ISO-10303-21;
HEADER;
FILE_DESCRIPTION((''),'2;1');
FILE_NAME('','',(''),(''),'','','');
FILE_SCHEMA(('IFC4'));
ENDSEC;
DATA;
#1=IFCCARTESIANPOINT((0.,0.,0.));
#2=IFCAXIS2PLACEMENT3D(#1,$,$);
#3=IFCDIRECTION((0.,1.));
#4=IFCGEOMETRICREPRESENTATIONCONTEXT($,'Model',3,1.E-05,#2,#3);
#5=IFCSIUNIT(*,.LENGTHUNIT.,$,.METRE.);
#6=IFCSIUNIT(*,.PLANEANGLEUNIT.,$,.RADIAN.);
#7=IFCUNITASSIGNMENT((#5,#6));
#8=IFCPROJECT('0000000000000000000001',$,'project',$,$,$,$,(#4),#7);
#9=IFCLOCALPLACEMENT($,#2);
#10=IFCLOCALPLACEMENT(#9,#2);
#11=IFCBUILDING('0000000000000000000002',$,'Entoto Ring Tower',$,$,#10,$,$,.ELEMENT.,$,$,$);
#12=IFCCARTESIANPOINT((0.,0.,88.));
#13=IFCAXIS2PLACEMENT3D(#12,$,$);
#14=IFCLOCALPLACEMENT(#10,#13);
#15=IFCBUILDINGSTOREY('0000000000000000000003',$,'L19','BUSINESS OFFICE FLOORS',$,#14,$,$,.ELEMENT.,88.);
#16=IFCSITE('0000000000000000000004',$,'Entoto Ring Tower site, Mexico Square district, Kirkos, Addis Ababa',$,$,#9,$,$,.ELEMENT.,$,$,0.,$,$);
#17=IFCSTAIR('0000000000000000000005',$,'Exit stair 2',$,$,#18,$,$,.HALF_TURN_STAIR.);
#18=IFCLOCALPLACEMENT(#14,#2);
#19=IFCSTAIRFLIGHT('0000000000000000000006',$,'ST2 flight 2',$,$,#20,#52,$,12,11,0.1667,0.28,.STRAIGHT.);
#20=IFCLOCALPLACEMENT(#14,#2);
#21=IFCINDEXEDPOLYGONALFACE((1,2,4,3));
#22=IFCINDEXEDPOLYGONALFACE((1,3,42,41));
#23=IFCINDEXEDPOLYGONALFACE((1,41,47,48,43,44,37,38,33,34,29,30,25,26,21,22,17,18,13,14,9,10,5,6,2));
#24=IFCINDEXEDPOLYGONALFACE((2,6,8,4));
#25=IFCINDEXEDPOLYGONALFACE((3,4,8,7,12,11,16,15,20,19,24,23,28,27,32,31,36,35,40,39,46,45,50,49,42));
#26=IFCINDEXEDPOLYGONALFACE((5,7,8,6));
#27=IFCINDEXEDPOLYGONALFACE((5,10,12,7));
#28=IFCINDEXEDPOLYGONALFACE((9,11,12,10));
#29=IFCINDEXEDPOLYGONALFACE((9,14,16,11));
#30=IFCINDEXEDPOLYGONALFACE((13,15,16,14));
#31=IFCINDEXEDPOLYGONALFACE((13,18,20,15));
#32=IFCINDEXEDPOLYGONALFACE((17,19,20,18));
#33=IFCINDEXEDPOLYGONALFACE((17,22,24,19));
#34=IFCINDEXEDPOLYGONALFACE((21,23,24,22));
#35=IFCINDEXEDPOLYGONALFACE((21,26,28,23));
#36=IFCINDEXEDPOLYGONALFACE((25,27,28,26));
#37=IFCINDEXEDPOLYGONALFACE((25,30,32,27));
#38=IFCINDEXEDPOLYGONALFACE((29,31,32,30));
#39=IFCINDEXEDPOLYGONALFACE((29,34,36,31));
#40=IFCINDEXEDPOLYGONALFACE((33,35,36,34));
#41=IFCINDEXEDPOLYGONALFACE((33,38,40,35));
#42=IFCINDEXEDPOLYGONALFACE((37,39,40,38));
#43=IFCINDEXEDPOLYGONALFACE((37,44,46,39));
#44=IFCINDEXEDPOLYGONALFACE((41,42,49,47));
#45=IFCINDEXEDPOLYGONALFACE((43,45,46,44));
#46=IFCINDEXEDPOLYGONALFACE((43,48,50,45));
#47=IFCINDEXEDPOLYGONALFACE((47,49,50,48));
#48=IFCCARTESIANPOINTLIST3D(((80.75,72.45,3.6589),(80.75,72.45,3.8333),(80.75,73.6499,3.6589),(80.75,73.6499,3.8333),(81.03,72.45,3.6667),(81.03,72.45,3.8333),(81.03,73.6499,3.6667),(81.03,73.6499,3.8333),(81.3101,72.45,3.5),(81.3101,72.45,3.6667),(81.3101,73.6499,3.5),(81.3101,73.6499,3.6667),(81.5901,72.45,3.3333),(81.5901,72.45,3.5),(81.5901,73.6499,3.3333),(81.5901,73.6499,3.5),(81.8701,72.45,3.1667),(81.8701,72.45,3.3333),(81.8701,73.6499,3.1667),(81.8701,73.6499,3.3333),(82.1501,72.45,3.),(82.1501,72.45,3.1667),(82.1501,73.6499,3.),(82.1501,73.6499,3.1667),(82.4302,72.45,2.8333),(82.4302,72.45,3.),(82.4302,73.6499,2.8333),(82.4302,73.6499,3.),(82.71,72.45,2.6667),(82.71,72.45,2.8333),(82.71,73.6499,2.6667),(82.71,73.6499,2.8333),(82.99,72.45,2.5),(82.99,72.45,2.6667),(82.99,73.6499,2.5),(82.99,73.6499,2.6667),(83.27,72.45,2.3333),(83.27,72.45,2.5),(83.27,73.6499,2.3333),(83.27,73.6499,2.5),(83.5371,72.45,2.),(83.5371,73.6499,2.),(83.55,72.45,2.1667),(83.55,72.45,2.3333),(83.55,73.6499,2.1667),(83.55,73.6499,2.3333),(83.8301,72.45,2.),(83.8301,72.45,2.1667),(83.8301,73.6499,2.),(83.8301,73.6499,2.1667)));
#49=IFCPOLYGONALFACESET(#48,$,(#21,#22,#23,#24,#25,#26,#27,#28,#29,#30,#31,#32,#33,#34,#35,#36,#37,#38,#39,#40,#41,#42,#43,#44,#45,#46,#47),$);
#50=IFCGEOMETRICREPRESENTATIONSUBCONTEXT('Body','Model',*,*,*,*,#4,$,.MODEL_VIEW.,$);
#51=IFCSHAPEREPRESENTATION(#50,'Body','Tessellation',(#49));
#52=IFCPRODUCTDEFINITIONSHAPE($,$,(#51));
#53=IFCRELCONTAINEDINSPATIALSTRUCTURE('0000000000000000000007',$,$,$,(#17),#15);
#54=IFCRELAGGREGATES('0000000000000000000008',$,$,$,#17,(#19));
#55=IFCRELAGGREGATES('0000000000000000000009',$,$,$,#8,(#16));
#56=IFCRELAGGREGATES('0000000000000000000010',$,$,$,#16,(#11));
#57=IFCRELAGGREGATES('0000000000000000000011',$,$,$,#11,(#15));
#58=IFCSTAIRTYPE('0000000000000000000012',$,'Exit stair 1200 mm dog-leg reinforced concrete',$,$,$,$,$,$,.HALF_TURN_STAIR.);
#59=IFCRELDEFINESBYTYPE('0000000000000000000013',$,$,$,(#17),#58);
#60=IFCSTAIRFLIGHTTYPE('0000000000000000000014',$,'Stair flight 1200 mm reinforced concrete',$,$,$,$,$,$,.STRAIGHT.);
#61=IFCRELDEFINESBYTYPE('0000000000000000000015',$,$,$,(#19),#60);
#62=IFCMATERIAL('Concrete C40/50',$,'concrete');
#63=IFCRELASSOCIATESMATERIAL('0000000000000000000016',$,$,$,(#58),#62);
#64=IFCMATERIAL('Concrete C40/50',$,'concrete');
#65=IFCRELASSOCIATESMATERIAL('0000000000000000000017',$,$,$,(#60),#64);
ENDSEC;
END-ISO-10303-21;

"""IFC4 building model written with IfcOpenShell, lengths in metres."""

from ifc_helpers import new_model, si_unit, direction, frame, origin, place, context, subcontext, project, spatial, polyline, outline, extrude, material, type_object, element, aggregate, save


model = new_model("IFC4")

# Units and contexts
model_context = context("Model", 3, precision=1e-05, world=origin(), true_north=direction((0.0, 1.0)))
body_context = subcontext(model_context, "Body", "Model", "MODEL_VIEW")
ifc_project = project(units=[si_unit("LENGTHUNIT", "METRE"), si_unit("PLANEANGLEUNIT", "RADIAN")], contexts=[model_context])

# Site, building, storey
site_placement = place(None, origin())
site = spatial("IfcSite", under=ifc_project, at=site_placement, Name="Entoto Ring Tower site, Mexico Square district, Kirkos, Addis Ababa", CompositionType="ELEMENT", RefElevation=0.0)
building_placement = place(site_placement, origin())
building = spatial("IfcBuilding", under=site, at=building_placement, Name="Entoto Ring Tower", CompositionType="ELEMENT")
storey_placement = place(building_placement, frame((0.0, 0.0, 88.0)))
storey = spatial("IfcBuildingStorey", under=building, at=storey_placement, Name="L19", Description="BUSINESS OFFICE FLOORS", CompositionType="ELEMENT", Elevation=88.0)

# Stair, stair flight
ifc_material_1 = material(Name="Concrete C40/50", Category="concrete")
stair_type = type_object("IfcStairType", Name="Exit stair 1200 mm dog-leg reinforced concrete", PredefinedType="HALF_TURN_STAIR", material=ifc_material_1)
stair_placement = place(storey_placement, origin())
stair = element("IfcStair", 1, at=stair_placement, inside=storey, type_object=stair_type, Name="Exit stair 2", PredefinedType="HALF_TURN_STAIR")
ifc_material_2 = material(Name="Concrete C40/50", Category="concrete")
stair_flight_type = type_object("IfcStairFlightType", Name="Stair flight 1200 mm reinforced concrete", PredefinedType="STRAIGHT", material=ifc_material_2)
stair_flight_1_placement = place(storey_placement, frame((83.8301, 73.05, 2.0), z_axis=(0.0, 0.0, 1.0), x_axis=(-1.0, 0.0, 0.0)))
stair_flight_1 = element("IfcStairFlight", 2, at=stair_flight_1_placement, type_object=stair_flight_type, Name="ST2 flight 2", NumberOfRisers=12, NumberOfTreads=11, PredefinedType="STRAIGHT", RiserHeight=0.1667, TreadLength=0.28, context=body_context, shape_type="SweptSolid", body=[
    extrude(outline(polyline([(0.0, 0.0), (0.0, 0.1667), (0.28, 0.1667), (0.28, 0.3333), (0.5601, 0.3333), (0.5601, 0.5), (0.8401, 0.5), (0.8401, 0.6667), (1.1201, 0.6667), (1.1201, 0.8333), (1.3999, 0.8333), (1.3999, 1.0), (1.6799, 1.0), (1.6799, 1.1667), (1.96, 1.1667), (1.96, 1.3333), (2.24, 1.3333), (2.24, 1.5), (2.52, 1.5), (2.52, 1.6667), (2.8, 1.6667), (2.8, 1.8333), (3.0801, 1.8333), (3.0801, 2.0), (3.0801, 1.6589), (0.293, 0.0), (0.0, 0.0)])), frame((0.0, 0.6001, 0.0), z_axis=(0.0, -1.0, 0.0), x_axis=(1.0, 0.0, 0.0)), (0.0, 0.0, 1.0), 1.2),
])
aggregate(stair, [stair_flight_1])

save(model, "model.ifc")
